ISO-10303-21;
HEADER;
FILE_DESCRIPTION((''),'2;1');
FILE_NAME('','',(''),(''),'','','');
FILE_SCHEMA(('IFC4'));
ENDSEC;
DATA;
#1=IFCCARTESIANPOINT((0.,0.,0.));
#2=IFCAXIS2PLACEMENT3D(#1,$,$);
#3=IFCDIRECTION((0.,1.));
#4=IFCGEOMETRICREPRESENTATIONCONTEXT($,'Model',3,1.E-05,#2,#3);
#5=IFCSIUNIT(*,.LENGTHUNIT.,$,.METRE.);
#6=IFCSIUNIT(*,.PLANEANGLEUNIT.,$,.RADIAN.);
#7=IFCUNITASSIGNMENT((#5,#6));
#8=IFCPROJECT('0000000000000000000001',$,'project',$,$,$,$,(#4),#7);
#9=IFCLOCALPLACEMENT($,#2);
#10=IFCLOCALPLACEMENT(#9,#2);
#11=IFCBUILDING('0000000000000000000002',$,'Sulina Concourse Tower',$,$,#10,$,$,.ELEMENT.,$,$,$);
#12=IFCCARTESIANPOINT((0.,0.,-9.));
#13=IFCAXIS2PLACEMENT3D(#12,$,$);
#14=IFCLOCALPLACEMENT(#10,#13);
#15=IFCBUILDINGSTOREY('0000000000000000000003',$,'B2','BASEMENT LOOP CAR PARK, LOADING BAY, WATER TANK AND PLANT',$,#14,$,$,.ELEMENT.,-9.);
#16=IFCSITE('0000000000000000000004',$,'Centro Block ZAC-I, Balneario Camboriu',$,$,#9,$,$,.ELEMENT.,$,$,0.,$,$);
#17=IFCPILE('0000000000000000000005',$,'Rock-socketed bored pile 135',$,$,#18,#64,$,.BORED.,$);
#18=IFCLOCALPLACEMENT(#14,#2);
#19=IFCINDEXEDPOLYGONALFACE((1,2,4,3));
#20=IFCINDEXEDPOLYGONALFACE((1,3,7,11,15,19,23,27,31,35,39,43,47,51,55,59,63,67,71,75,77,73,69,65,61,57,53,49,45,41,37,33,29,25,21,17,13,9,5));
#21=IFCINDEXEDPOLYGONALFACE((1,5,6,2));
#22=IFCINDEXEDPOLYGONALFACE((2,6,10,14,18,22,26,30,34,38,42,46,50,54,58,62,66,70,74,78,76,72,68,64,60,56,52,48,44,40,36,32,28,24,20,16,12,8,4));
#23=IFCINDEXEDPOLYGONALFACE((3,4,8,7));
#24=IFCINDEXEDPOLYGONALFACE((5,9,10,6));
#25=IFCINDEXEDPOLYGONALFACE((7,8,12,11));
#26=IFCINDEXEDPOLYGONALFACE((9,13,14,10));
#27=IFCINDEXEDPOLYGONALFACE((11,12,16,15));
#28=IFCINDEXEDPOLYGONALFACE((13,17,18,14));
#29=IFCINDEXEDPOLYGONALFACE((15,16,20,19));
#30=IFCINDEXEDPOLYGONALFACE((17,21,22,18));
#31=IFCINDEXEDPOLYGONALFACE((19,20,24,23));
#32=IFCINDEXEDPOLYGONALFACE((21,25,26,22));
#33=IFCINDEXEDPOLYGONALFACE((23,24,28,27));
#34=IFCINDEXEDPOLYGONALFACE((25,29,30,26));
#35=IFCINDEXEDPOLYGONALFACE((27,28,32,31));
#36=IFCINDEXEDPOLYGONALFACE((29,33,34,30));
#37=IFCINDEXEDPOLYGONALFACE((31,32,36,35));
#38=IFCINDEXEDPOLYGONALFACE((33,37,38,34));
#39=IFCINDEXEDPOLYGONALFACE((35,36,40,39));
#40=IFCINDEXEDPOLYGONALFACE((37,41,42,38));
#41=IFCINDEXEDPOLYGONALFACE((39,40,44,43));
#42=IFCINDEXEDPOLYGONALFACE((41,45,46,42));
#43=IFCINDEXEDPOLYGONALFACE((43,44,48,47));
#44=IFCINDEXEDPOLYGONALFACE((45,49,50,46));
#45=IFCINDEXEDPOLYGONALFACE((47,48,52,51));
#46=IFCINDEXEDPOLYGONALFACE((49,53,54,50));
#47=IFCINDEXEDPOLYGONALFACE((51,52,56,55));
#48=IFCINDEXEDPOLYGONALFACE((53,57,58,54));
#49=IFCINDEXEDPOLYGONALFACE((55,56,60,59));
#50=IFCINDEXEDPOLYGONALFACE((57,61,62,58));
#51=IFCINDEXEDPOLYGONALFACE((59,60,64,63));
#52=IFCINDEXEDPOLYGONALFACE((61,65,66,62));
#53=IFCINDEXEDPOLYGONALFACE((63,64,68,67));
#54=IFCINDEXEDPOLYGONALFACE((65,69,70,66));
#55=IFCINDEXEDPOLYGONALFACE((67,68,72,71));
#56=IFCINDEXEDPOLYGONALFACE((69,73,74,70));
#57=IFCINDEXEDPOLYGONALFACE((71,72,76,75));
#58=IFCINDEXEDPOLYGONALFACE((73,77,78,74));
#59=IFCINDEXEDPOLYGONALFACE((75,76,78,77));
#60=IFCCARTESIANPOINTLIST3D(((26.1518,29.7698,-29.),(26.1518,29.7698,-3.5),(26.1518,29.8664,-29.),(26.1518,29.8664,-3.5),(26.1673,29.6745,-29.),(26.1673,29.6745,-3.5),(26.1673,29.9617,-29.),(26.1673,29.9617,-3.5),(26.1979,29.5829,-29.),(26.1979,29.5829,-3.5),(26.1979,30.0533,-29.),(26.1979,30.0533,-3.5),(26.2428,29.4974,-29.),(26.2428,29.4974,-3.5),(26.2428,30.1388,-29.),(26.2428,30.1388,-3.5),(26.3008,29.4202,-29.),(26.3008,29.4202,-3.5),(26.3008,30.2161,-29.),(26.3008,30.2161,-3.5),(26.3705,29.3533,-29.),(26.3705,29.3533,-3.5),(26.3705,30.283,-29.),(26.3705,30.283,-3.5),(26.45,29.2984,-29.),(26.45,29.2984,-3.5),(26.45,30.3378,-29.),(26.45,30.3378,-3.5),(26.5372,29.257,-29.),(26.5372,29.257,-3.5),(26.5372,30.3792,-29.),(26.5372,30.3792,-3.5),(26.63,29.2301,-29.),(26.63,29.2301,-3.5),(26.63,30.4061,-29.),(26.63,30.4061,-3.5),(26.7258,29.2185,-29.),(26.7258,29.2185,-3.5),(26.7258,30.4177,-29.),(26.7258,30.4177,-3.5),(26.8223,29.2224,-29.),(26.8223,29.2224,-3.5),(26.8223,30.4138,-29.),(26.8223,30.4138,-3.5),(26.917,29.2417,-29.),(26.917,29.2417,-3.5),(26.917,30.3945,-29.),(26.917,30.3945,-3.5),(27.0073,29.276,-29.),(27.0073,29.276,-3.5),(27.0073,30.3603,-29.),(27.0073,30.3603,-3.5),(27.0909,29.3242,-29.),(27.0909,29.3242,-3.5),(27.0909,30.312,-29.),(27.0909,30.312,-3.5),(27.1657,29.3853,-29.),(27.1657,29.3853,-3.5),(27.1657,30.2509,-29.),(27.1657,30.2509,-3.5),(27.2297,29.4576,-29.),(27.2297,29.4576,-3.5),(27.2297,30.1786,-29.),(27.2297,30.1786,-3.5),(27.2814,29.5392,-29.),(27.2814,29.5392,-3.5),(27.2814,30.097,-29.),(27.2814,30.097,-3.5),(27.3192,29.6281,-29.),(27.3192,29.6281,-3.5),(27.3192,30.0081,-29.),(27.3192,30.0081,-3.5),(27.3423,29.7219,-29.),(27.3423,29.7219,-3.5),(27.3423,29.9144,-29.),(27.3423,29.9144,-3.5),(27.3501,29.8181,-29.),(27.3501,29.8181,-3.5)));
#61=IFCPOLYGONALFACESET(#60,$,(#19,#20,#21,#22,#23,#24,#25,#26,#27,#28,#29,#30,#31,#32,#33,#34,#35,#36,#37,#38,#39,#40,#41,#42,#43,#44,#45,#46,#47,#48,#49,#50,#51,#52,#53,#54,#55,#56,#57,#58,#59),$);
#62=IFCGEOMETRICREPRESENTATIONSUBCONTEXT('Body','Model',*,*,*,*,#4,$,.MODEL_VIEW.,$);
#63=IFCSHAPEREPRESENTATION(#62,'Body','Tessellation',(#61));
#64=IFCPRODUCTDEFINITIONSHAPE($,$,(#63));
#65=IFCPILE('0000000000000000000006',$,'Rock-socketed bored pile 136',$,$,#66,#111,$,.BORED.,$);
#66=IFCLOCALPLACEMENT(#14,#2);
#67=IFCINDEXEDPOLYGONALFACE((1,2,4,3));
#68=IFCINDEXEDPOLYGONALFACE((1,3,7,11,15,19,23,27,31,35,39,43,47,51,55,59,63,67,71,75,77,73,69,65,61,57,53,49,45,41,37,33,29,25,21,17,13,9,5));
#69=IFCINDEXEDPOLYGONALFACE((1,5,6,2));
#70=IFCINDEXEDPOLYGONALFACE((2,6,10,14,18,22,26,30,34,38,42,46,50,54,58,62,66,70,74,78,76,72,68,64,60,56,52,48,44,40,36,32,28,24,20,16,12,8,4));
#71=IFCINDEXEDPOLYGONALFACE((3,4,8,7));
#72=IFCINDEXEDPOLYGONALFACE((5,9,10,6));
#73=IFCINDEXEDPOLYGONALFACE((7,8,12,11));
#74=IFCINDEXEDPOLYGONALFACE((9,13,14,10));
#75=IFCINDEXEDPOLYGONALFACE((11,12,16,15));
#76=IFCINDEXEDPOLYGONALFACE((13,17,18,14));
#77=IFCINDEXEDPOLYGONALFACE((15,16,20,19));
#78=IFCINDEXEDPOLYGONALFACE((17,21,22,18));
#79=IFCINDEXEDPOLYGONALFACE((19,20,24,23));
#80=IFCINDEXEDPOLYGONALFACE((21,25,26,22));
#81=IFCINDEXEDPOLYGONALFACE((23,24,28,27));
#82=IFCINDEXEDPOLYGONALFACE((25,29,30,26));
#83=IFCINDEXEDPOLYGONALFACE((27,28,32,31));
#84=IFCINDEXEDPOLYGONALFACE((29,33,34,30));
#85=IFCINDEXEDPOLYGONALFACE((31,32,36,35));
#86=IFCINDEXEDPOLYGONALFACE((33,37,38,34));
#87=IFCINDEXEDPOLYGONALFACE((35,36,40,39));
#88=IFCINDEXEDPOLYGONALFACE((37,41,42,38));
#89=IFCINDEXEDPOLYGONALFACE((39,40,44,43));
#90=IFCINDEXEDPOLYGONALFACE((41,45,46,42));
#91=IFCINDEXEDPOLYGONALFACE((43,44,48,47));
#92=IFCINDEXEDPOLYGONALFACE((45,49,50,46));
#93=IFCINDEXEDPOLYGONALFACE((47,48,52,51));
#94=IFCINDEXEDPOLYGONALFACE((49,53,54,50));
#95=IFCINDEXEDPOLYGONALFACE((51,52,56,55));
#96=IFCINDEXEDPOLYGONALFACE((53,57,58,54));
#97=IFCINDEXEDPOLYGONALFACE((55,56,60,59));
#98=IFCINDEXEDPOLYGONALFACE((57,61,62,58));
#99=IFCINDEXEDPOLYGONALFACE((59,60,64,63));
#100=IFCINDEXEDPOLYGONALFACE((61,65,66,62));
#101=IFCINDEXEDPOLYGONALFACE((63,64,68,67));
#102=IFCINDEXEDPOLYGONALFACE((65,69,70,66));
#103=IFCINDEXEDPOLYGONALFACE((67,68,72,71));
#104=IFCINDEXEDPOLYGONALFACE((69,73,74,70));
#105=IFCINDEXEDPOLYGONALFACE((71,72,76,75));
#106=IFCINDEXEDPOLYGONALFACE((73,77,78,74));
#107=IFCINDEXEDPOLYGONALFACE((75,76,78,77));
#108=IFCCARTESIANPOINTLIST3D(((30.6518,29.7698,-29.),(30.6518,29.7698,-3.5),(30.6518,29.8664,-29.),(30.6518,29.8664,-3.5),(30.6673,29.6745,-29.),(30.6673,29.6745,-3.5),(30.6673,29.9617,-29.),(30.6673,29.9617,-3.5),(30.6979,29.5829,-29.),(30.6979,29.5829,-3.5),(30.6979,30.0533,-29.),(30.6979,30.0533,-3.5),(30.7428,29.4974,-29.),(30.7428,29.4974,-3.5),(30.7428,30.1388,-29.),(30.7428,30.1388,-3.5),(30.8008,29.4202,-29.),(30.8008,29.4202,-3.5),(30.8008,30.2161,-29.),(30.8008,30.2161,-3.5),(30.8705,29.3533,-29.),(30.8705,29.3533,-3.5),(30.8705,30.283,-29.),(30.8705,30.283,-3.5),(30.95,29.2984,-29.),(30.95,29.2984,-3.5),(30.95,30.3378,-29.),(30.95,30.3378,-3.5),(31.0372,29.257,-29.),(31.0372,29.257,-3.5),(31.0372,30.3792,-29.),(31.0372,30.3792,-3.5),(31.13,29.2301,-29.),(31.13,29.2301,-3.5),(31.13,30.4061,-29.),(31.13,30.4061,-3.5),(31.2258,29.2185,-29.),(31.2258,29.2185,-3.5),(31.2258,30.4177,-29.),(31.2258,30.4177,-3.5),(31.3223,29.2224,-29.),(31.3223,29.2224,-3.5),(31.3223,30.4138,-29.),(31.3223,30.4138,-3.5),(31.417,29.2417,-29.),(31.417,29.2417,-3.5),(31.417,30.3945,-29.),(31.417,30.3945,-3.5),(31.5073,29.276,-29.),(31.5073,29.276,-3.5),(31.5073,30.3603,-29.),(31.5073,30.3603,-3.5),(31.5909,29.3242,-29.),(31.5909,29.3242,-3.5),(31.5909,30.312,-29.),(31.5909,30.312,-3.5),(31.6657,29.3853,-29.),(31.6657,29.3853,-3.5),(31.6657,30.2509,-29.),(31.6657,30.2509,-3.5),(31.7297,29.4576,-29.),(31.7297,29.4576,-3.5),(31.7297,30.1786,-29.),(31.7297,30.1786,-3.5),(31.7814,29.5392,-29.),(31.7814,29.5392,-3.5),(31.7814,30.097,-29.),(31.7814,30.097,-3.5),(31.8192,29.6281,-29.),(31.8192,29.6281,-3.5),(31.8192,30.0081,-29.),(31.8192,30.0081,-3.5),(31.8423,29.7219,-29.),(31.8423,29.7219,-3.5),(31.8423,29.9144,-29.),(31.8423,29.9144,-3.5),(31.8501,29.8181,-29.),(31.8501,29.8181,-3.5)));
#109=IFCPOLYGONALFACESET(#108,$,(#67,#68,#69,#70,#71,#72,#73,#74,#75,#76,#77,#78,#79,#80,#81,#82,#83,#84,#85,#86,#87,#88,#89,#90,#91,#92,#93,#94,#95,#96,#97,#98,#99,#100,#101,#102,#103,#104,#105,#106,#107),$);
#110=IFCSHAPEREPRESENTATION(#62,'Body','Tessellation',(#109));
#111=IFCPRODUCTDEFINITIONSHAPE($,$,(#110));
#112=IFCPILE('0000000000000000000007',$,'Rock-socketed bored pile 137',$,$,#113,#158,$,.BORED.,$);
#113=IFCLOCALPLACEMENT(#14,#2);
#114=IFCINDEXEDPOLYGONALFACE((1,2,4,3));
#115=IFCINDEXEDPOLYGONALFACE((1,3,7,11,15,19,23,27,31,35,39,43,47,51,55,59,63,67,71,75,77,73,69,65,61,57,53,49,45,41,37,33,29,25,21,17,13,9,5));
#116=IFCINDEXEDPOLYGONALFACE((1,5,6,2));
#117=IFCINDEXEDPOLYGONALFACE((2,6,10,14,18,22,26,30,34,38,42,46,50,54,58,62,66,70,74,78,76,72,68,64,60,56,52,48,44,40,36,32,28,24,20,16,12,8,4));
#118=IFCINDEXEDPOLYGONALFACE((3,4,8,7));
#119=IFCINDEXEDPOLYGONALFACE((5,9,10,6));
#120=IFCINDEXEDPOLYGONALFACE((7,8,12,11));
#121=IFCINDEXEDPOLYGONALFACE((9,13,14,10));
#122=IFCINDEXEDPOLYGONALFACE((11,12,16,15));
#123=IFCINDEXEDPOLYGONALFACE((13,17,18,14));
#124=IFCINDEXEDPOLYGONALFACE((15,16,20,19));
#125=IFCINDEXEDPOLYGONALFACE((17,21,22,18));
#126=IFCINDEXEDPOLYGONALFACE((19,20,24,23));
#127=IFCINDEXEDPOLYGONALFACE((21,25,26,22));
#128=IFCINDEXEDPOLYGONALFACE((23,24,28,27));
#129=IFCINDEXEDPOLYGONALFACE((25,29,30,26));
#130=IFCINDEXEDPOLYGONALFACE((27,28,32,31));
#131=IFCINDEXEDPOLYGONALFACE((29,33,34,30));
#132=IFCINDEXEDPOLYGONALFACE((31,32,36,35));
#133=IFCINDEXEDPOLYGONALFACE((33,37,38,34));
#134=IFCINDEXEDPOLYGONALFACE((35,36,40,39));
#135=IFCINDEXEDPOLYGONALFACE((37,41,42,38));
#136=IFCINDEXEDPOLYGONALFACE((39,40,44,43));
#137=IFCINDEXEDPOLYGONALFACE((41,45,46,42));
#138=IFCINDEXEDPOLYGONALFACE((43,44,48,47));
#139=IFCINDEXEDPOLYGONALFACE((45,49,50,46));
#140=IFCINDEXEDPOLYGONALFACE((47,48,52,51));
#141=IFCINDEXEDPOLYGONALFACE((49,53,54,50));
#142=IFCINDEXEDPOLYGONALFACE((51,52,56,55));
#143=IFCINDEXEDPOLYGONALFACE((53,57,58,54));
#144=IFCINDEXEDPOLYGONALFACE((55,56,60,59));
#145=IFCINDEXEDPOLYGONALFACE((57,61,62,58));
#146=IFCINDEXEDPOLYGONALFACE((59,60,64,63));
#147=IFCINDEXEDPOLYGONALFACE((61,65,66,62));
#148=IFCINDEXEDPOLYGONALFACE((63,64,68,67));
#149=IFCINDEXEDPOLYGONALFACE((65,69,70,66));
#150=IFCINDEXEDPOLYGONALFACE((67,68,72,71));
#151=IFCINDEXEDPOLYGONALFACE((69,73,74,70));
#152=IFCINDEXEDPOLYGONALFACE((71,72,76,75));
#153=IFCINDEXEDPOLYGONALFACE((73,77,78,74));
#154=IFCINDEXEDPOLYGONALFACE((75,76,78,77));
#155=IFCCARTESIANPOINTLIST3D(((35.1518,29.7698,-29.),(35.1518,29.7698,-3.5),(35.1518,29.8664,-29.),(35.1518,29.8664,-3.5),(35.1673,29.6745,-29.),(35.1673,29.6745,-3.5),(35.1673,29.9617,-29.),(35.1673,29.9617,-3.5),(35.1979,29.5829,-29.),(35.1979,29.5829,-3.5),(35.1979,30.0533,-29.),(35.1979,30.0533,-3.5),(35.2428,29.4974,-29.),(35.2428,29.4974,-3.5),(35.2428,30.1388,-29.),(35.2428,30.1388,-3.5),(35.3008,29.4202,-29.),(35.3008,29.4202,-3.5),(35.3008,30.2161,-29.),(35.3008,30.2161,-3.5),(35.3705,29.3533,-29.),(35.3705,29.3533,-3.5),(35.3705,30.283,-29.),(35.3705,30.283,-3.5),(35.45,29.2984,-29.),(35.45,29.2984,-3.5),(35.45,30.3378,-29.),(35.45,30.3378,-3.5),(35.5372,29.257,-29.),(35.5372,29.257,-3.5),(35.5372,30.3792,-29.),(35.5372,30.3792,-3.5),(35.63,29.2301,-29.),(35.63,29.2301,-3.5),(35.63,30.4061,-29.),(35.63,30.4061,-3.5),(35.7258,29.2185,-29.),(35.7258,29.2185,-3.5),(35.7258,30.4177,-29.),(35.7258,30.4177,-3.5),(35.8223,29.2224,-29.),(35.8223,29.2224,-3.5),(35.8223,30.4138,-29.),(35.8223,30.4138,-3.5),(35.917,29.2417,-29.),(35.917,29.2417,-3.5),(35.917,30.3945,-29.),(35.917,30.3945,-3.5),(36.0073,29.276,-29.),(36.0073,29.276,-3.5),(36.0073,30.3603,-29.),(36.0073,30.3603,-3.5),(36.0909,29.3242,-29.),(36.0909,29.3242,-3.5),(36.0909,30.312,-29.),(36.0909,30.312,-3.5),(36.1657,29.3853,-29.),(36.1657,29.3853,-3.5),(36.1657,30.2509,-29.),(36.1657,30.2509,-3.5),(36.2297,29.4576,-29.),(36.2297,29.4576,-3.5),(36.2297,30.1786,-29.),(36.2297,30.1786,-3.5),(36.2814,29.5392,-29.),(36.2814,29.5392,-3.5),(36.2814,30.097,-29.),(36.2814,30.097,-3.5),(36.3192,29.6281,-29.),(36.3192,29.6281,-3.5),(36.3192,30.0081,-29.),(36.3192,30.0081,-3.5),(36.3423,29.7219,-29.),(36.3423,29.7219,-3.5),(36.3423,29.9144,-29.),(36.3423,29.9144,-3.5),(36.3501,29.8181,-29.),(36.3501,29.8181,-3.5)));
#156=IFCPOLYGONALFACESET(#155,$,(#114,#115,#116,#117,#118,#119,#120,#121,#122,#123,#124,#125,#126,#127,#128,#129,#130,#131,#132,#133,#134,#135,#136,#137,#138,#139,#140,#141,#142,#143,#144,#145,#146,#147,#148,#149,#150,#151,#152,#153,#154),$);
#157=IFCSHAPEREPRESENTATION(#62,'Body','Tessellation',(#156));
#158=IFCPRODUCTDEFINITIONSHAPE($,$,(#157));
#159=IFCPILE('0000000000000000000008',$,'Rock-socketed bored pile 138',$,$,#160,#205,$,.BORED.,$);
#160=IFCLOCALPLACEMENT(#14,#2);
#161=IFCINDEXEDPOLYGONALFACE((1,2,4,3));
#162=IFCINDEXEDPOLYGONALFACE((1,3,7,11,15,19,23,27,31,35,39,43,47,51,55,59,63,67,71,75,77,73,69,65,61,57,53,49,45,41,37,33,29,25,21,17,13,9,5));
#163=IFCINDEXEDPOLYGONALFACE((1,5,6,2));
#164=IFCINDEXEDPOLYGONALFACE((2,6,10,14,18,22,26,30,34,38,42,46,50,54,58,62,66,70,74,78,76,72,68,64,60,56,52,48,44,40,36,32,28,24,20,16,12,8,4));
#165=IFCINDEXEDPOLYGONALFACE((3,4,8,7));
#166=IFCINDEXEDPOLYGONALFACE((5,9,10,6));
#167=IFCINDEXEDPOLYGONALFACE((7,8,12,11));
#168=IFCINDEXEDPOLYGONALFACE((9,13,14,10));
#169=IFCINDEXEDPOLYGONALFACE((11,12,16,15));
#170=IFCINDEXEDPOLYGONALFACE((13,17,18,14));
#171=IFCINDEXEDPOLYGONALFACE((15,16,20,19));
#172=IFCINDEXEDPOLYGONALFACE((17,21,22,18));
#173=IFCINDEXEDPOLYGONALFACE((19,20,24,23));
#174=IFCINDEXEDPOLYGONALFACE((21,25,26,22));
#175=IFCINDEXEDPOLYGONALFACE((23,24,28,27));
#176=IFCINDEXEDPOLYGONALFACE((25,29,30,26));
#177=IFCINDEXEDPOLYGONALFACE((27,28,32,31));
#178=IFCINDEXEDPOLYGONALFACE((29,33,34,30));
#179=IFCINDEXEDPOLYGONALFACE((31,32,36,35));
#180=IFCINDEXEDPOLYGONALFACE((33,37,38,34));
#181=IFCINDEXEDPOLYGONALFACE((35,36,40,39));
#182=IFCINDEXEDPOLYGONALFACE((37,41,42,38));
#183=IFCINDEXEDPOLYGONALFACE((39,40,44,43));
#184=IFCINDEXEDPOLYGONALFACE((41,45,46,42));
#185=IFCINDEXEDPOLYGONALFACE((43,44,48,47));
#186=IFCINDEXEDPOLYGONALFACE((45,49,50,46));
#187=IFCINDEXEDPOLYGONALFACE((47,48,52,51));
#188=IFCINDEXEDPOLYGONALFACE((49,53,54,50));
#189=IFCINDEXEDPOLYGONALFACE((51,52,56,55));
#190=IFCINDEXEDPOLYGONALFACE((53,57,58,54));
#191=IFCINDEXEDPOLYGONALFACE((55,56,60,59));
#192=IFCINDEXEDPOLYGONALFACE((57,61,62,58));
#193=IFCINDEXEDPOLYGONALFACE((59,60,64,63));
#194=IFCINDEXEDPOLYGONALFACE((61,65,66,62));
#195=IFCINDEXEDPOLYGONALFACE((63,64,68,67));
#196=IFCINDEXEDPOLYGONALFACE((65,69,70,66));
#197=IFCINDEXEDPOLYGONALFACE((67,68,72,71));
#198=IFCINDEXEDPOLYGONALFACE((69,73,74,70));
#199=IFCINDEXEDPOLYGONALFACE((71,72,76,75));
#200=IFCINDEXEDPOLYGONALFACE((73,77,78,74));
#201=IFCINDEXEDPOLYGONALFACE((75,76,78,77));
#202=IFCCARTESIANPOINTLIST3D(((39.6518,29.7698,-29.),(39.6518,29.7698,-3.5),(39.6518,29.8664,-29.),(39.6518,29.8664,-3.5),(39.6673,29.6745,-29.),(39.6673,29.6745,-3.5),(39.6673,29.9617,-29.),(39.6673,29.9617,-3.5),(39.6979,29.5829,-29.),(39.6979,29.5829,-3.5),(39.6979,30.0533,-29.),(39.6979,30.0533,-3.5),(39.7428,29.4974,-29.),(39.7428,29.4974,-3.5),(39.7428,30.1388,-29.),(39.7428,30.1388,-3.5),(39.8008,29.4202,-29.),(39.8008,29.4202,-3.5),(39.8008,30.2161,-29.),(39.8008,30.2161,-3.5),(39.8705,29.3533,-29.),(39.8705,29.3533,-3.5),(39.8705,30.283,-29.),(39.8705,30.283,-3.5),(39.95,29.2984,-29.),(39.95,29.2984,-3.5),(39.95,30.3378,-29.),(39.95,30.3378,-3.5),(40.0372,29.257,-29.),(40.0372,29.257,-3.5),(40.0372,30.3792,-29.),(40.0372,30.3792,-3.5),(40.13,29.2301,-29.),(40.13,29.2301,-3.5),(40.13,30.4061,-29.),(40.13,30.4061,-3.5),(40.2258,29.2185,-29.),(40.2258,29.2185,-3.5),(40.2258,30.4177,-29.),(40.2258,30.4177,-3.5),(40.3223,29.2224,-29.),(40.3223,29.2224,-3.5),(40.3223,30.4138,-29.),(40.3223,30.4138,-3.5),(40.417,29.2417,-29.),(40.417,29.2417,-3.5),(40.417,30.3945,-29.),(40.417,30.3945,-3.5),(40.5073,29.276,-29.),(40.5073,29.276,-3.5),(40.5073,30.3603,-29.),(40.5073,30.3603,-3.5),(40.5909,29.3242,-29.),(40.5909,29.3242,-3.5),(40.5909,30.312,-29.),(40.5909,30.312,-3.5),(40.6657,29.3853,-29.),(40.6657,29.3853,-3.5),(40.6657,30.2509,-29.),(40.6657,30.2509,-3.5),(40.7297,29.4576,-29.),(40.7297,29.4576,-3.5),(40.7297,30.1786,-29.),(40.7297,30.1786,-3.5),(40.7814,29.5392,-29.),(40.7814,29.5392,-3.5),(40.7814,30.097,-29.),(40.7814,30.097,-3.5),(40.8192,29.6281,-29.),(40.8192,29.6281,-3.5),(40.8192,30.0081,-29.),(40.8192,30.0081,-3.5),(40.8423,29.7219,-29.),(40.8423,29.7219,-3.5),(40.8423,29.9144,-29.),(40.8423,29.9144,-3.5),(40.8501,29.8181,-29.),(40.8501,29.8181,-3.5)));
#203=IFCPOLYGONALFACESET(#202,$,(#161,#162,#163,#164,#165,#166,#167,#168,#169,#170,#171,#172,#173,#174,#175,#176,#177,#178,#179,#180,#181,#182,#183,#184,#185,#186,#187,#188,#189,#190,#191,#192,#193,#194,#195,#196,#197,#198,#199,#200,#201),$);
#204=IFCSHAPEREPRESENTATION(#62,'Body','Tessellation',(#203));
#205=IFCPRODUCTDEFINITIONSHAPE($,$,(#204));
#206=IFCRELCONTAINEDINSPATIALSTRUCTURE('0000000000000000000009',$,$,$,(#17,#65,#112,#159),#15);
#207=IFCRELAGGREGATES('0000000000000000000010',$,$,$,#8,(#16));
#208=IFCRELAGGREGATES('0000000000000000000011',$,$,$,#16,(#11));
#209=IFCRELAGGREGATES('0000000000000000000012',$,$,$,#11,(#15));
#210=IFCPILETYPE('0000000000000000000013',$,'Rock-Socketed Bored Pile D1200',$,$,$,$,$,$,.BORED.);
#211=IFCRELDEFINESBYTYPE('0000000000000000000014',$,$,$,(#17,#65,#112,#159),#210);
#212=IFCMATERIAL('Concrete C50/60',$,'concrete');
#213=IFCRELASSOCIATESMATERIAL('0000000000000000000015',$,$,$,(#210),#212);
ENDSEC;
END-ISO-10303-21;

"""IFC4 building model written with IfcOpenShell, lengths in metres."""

from ifc_helpers import new_model, si_unit, direction, frame, origin, origin_2d, place, context, subcontext, project, spatial, circle, extrude, material, material_profile, profile_set, type_object, element, save


model = new_model("IFC4")

# Units and contexts
model_context = context("Model", 3, precision=1e-05, world=origin(), true_north=direction((0.0, 1.0)))
body_context = subcontext(model_context, "Body", "Model", "MODEL_VIEW")
ifc_project = project(units=[si_unit("LENGTHUNIT", "METRE"), si_unit("PLANEANGLEUNIT", "RADIAN")], contexts=[model_context])

# Site, building, storey
site_placement = place(None, origin())
site = spatial("IfcSite", under=ifc_project, at=site_placement, Name="Centro Block ZAC-I, Balneario Camboriu", CompositionType="ELEMENT", RefElevation=0.0)
building_placement = place(site_placement, origin())
building = spatial("IfcBuilding", under=site, at=building_placement, Name="Sulina Concourse Tower", CompositionType="ELEMENT")
storey_placement = place(building_placement, frame((0.0, 0.0, -9.0)))
storey = spatial("IfcBuildingStorey", under=building, at=storey_placement, Name="B2", Description="BASEMENT LOOP CAR PARK, LOADING BAY, WATER TANK AND PLANT", CompositionType="ELEMENT", Elevation=-9.0)

# Piles
ifc_material_1 = material(Name="Concrete C50/60", Category="concrete")
ifc_material_profile_1 = material_profile(ifc_material_1, circle(Radius=0.6001, at=origin_2d()), Name="PILE D1200")
ifc_profile_set_1 = profile_set([ifc_material_profile_1], Name="Concrete C50/60")
pile_type_1 = type_object("IfcPileType", Name="Rock-Socketed Bored Pile D1200", PredefinedType="BORED", material=ifc_profile_set_1)
for number, where, z_axis, x_axis, name in (
    (1, (26.75, 29.8181, -3.5), (0.0, 0.0, -1.0), (1.0, 0.0, 0.0), "Rock-socketed bored pile 135"),
    (2, (31.25, 29.8181, -3.5), (0.0, 0.0, -1.0), (1.0, 0.0, 0.0), "Rock-socketed bored pile 136"),
    (3, (35.75, 29.8181, -3.5), (0.0, 0.0, -1.0), (1.0, 0.0, 0.0), "Rock-socketed bored pile 137"),
    (4, (40.25, 29.8181, -3.5), (0.0, 0.0, -1.0), (1.0, 0.0, 0.0), "Rock-socketed bored pile 138"),
):
    element("IfcPile", number, at=place(storey_placement, frame(where, z_axis=z_axis, x_axis=x_axis)), inside=storey, type_object=pile_type_1, Name=name, PredefinedType="BORED", context=body_context, shape_type="SweptSolid", body=[
        extrude(circle(Radius=0.6001, at=origin_2d()), origin(), (0.0, 0.0, 1.0), 25.5),
    ])

save(model, "model.ifc")
